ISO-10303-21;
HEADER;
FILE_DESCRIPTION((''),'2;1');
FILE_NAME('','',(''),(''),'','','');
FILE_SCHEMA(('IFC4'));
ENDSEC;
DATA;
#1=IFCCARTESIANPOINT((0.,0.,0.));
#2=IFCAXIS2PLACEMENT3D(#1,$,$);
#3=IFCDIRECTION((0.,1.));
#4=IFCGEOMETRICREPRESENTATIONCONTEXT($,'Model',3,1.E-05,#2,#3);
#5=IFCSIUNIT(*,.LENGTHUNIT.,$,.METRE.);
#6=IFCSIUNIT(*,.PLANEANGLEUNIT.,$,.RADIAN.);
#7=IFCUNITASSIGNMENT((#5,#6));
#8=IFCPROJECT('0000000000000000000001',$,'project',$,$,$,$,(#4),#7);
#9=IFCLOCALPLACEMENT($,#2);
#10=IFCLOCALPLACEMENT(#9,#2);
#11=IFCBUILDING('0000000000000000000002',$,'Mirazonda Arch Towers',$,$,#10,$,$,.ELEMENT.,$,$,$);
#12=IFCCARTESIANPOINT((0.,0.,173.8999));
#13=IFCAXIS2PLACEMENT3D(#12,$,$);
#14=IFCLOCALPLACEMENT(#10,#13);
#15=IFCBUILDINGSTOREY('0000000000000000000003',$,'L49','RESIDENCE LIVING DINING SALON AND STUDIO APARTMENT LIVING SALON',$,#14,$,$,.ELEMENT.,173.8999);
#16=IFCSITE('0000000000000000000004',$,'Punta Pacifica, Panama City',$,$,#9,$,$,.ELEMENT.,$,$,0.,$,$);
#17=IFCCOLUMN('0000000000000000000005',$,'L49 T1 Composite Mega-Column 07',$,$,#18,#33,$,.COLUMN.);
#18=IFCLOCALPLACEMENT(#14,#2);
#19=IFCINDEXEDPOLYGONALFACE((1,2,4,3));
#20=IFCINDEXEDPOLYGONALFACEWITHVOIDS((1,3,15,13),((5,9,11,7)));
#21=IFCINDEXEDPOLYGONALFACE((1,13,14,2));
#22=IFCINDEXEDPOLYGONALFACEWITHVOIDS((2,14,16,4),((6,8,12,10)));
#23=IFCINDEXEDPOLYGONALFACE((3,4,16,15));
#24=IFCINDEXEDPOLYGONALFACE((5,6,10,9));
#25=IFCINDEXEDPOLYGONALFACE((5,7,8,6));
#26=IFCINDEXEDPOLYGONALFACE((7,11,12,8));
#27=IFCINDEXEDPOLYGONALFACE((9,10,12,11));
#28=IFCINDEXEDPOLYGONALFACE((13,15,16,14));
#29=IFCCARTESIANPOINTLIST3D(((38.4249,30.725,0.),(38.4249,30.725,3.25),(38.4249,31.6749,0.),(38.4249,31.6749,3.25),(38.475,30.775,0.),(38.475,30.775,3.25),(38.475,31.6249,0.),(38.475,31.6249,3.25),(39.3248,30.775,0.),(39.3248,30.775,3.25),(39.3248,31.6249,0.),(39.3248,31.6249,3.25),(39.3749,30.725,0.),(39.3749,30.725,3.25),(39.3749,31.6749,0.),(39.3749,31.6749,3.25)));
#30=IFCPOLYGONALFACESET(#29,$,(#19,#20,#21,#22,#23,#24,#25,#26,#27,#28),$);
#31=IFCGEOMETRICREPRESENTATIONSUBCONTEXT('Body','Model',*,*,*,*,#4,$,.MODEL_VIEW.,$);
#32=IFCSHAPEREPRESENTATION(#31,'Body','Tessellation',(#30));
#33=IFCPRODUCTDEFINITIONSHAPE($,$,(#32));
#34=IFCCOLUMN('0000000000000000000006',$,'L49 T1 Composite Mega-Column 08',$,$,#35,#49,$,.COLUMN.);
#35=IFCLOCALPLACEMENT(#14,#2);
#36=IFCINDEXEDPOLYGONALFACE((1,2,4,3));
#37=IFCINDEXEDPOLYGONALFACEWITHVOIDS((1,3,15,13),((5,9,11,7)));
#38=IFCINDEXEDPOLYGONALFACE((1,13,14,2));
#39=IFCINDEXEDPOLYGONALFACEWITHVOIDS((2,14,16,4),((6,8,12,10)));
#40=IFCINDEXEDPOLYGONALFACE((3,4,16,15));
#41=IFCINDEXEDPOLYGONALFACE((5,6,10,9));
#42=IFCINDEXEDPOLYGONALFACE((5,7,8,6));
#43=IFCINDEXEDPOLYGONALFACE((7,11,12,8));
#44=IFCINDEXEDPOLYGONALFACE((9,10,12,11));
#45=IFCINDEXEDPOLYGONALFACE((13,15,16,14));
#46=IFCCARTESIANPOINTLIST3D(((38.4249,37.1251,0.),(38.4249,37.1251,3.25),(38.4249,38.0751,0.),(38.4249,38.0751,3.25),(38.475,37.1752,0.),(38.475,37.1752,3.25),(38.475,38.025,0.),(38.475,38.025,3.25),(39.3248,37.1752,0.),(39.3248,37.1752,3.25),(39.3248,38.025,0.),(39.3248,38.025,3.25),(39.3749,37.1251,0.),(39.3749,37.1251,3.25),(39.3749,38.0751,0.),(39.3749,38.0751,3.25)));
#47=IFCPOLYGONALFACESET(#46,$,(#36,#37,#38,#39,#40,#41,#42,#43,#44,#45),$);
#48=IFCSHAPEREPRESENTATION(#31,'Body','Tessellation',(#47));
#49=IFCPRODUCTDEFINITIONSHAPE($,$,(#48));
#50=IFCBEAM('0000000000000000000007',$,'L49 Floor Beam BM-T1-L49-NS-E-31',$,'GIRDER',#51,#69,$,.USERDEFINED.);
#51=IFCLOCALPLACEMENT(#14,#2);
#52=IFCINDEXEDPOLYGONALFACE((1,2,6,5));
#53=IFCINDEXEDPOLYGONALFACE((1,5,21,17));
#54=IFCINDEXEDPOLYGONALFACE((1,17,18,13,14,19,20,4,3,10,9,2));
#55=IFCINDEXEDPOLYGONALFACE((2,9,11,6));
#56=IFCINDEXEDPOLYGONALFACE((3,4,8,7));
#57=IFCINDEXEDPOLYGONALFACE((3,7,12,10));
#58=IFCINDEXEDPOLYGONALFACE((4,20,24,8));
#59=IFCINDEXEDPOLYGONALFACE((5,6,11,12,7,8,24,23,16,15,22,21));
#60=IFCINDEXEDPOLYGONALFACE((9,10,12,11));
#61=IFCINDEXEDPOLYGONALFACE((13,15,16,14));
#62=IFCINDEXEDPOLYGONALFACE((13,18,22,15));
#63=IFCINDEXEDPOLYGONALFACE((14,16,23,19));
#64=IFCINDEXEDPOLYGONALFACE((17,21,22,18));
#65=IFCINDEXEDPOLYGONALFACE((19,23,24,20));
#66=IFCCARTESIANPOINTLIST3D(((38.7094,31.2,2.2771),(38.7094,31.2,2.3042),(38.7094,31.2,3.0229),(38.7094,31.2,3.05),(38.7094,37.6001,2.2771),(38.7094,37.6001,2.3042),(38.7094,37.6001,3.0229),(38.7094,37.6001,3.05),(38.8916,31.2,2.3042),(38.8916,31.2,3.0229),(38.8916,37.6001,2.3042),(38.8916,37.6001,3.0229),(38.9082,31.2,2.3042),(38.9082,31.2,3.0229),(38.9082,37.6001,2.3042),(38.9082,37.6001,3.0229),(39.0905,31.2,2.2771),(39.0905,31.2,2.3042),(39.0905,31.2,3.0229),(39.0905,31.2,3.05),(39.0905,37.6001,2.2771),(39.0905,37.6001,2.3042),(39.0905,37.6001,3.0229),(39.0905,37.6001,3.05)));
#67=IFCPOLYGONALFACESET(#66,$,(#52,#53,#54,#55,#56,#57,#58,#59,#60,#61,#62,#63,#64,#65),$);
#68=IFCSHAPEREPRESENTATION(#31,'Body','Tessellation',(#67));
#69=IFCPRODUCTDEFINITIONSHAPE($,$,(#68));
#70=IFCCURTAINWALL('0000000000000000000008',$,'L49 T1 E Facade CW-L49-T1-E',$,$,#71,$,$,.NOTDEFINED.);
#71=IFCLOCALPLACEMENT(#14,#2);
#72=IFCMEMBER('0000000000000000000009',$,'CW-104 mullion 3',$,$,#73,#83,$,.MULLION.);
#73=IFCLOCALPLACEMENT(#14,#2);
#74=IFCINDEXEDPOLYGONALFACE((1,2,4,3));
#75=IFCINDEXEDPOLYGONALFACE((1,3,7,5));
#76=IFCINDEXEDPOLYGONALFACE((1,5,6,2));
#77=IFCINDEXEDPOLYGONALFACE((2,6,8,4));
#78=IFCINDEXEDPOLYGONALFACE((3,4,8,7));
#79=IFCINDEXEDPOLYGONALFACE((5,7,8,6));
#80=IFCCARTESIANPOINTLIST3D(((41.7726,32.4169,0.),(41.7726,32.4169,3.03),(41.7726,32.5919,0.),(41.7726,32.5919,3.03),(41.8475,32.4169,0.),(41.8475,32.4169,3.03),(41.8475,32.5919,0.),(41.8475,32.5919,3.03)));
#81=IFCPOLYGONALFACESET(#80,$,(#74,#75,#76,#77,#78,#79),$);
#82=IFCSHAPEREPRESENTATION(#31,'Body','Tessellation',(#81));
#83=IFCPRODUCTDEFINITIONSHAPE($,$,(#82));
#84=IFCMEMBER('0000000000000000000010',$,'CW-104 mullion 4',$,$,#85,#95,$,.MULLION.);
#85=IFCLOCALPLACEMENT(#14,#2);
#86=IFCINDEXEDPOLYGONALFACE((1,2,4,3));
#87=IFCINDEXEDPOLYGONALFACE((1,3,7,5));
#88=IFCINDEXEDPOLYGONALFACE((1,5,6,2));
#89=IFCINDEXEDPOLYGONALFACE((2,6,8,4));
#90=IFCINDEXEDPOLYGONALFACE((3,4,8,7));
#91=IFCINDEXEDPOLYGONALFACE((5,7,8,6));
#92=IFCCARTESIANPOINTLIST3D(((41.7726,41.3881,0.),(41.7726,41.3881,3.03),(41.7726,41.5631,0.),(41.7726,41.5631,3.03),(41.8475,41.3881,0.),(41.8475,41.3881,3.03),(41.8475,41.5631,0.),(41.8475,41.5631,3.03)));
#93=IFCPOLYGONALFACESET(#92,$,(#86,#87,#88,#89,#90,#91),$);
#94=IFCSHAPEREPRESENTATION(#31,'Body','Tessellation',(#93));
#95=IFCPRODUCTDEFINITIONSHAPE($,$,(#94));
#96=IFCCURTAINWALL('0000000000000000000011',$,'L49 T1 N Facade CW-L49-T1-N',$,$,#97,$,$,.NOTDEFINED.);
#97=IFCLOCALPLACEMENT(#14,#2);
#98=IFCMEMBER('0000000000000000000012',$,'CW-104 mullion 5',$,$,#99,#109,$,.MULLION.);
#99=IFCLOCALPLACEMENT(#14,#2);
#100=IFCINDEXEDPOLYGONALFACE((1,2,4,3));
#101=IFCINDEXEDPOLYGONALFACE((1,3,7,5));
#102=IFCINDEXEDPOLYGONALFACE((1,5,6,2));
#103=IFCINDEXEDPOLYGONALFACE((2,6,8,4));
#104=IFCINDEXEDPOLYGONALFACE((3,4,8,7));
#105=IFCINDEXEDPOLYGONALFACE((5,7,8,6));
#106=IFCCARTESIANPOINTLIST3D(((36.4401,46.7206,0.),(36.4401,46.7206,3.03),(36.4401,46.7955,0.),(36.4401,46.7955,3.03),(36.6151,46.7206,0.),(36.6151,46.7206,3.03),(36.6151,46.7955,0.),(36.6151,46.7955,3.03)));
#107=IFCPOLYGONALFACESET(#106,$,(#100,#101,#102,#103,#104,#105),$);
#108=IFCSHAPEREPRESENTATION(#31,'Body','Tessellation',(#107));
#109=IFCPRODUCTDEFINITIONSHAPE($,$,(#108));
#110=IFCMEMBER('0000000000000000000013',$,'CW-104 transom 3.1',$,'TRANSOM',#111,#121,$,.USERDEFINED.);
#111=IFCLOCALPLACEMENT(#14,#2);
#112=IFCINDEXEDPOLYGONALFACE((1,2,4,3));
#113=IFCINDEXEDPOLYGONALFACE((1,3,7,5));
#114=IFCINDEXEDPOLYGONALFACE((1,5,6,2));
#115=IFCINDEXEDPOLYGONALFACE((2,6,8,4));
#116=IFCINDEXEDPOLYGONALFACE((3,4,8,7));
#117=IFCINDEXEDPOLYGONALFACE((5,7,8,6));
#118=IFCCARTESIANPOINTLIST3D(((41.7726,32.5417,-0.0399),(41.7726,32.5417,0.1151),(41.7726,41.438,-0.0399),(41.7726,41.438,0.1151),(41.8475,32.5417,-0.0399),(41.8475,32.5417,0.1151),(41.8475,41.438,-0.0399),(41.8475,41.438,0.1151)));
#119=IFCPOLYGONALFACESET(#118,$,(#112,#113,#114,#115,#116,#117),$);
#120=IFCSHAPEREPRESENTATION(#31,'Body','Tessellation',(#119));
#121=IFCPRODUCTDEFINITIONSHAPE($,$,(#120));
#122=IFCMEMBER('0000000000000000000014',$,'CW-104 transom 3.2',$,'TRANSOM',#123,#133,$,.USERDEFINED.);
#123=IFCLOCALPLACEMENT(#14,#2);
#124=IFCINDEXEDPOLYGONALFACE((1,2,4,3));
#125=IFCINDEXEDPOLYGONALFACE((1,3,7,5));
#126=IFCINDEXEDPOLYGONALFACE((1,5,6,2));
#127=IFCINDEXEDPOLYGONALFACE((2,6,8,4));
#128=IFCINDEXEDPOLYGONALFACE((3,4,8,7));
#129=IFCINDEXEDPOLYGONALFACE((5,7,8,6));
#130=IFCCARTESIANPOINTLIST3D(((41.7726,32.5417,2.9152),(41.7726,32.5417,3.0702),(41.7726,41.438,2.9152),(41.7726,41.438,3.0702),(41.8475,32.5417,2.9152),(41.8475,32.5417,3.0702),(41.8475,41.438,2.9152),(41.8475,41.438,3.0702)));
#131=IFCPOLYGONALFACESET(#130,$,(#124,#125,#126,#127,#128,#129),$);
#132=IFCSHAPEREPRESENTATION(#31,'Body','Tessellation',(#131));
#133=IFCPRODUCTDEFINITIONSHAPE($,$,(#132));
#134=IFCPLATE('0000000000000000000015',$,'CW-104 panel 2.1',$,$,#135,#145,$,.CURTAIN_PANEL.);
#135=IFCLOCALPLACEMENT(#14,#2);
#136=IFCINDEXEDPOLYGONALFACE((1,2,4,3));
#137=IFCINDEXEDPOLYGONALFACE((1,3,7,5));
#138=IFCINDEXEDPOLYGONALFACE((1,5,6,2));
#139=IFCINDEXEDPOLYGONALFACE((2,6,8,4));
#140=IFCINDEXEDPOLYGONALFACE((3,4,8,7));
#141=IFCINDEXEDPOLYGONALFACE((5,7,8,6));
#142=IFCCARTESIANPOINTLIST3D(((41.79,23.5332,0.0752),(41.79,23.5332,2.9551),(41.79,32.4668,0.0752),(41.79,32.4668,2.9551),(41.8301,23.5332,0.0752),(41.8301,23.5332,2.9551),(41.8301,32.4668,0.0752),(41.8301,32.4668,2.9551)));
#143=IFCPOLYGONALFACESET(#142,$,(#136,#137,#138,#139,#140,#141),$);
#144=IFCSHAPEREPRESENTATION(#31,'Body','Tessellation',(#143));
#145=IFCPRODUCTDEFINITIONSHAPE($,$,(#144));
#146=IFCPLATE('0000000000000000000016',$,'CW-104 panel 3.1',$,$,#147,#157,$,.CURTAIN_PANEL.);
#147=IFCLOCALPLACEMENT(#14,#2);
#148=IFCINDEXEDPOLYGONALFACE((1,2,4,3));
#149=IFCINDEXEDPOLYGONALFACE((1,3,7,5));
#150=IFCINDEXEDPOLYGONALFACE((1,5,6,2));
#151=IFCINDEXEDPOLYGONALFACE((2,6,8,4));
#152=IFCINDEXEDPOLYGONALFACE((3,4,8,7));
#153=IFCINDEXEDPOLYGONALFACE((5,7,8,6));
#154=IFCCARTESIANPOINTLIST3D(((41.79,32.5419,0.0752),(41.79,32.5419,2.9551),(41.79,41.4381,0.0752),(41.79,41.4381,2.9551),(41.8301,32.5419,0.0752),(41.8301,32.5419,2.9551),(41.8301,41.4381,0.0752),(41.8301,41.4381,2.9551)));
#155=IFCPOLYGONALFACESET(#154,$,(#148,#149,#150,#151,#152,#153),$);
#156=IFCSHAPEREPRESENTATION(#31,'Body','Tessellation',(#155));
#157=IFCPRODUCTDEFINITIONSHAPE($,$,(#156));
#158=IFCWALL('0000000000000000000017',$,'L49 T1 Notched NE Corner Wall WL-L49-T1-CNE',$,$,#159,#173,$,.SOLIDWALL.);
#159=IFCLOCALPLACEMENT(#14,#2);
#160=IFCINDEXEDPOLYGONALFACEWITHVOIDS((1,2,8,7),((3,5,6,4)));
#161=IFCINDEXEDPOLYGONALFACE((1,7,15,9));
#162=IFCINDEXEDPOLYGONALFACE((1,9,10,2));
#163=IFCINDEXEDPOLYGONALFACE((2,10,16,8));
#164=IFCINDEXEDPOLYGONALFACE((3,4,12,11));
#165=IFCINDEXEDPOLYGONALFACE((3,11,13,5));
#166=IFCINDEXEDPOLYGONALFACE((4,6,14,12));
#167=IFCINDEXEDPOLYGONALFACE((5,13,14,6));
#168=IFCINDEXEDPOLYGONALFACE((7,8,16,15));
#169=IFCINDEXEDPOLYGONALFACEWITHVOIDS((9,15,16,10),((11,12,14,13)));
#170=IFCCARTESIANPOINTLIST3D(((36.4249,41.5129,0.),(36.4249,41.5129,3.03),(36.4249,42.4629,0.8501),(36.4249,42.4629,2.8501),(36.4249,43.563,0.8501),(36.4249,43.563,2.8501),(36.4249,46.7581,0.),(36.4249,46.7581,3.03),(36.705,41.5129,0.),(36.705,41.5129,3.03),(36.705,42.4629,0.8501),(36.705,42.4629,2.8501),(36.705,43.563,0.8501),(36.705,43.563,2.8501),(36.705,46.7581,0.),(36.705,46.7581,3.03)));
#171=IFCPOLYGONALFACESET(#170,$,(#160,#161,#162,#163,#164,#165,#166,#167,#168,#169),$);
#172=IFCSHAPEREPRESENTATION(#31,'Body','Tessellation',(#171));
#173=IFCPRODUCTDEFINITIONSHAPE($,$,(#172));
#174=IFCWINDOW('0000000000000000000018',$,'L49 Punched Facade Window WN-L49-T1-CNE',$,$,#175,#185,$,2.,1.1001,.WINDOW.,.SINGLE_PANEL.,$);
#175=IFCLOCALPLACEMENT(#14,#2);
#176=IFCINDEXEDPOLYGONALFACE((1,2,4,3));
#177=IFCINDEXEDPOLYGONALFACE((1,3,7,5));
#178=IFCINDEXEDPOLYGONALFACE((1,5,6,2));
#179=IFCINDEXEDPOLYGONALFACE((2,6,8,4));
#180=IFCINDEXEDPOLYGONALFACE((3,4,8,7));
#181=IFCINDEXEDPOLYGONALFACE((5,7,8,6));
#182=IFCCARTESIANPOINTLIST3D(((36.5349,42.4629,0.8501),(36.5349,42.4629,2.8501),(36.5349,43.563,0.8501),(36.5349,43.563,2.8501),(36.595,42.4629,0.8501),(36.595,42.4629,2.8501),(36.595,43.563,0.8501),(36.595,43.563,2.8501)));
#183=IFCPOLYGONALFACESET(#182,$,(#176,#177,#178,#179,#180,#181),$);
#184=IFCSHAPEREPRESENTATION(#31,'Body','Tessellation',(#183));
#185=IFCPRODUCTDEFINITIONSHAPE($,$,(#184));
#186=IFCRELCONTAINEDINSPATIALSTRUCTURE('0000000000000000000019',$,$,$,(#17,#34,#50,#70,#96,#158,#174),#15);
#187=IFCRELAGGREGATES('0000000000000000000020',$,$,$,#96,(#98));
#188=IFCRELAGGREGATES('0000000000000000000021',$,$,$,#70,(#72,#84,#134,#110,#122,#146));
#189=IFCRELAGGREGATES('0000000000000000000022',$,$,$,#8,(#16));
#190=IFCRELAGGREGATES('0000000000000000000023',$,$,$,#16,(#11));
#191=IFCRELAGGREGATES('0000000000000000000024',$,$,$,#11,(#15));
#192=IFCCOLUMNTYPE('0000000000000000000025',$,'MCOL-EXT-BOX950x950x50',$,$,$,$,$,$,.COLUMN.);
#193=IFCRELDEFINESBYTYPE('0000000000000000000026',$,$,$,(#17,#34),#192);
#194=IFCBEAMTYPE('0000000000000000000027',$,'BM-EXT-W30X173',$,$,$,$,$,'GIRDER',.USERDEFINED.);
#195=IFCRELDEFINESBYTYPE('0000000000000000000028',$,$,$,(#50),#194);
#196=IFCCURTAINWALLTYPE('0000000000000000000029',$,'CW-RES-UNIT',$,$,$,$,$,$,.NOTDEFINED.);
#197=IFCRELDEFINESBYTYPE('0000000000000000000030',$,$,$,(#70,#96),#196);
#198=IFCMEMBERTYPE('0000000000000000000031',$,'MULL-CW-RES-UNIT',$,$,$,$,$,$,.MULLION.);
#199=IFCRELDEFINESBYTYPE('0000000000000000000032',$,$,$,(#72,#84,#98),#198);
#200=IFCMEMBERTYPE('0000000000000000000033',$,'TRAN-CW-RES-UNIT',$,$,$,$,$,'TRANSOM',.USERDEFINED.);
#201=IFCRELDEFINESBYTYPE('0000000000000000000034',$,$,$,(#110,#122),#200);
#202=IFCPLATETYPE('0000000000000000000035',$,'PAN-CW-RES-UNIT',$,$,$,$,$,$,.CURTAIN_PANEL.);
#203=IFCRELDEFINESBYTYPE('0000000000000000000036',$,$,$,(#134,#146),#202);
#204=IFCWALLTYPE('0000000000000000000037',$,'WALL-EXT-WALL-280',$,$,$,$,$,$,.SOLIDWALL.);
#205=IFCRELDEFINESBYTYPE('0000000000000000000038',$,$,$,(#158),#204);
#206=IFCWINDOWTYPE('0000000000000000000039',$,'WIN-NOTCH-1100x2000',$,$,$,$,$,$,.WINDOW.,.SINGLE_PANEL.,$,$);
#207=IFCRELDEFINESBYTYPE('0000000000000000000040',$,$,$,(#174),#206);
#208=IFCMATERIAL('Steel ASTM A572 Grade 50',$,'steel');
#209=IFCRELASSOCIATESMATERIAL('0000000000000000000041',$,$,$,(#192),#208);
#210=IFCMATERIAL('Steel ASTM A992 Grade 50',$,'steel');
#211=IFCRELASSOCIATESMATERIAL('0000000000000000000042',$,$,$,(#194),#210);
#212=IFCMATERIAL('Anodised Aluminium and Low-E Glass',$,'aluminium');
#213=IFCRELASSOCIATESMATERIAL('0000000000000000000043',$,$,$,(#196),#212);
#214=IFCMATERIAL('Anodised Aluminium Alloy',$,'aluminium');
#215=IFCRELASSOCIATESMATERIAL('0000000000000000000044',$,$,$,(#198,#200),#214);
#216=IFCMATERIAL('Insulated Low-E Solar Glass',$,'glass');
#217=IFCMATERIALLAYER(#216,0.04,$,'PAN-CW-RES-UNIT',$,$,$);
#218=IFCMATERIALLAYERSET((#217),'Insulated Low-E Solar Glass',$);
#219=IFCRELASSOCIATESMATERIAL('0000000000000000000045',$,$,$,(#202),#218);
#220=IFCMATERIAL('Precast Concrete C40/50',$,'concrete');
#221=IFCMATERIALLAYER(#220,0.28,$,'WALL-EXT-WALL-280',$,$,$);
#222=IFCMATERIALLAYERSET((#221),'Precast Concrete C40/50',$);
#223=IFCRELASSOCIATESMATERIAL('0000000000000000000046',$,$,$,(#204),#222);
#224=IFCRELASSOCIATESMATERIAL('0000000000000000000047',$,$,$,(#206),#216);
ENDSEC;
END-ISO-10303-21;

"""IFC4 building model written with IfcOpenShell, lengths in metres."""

from ifc_helpers import new_model, si_unit, direction, frame, frame_2d, origin, origin_2d, place, context, subcontext, project, spatial, rectangle, hollow_rectangle, i_section, extrude, material, layer, layer_set, material_profile, profile_set, type_object, element, fill, aggregate, save


model = new_model("IFC4")

# Units and contexts
model_context = context("Model", 3, precision=1e-05, world=origin(), true_north=direction((0.0, 1.0)))
body_context = subcontext(model_context, "Body", "Model", "MODEL_VIEW")
ifc_project = project(units=[si_unit("LENGTHUNIT", "METRE"), si_unit("PLANEANGLEUNIT", "RADIAN")], contexts=[model_context])

# Site, building, storey
site_placement = place(None, origin())
site = spatial("IfcSite", under=ifc_project, at=site_placement, Name="Punta Pacifica, Panama City", CompositionType="ELEMENT", RefElevation=0.0)
building_placement = place(site_placement, origin())
building = spatial("IfcBuilding", under=site, at=building_placement, Name="Mirazonda Arch Towers", CompositionType="ELEMENT")
storey_placement = place(building_placement, frame((0.0, 0.0, 173.8999)))
storey = spatial("IfcBuildingStorey", under=building, at=storey_placement, Name="L49", Description="RESIDENCE LIVING DINING SALON AND STUDIO APARTMENT LIVING SALON", CompositionType="ELEMENT", Elevation=173.8999)

# Columns
ifc_material_1 = material(Name="Steel ASTM A572 Grade 50", Category="steel")
ifc_material_profile_1 = material_profile(ifc_material_1, hollow_rectangle(XDim=0.95, YDim=0.95, WallThickness=0.05, at=origin_2d()), Name="BOX950x950x50")
ifc_profile_set_1 = profile_set([ifc_material_profile_1], Name="Steel ASTM A572 Grade 50")
column_type = type_object("IfcColumnType", Name="MCOL-EXT-BOX950x950x50", PredefinedType="COLUMN", material=ifc_profile_set_1)
for number, where, z_axis, x_axis, name in (
    (1, (38.8999, 31.2, 0.0), (0.0, 0.0, 1.0), (1.0, 0.0, 0.0), "L49 T1 Composite Mega-Column 07"),
    (2, (38.8999, 37.6001, 0.0), (0.0, 0.0, 1.0), (1.0, 0.0, 0.0), "L49 T1 Composite Mega-Column 08"),
):
    element("IfcColumn", number, at=place(storey_placement, frame(where, z_axis=z_axis, x_axis=x_axis)), inside=storey, type_object=column_type, Name=name, PredefinedType="COLUMN", context=body_context, shape_type="SweptSolid", body=[
        extrude(hollow_rectangle(XDim=0.95, YDim=0.95, WallThickness=0.05, at=origin_2d()), origin(), (0.0, 0.0, 1.0), 3.25),
    ])

# Beam
ifc_material_2 = material(Name="Steel ASTM A992 Grade 50", Category="steel")
ifc_material_profile_2 = material_profile(ifc_material_2, i_section(OverallWidth=0.3811, OverallDepth=0.7729, WebThickness=0.0166, FlangeThickness=0.0271, at=origin_2d()), Name="W30X173")
ifc_profile_set_2 = profile_set([ifc_material_profile_2], Name="Steel ASTM A992 Grade 50")
beam_type = type_object("IfcBeamType", Name="BM-EXT-W30X173", ElementType="GIRDER", PredefinedType="USERDEFINED", material=ifc_profile_set_2)
beam_placement = place(storey_placement, frame((38.8999, 31.2, 2.6636), z_axis=(0.0, 1.0, 0.0), x_axis=(-1.0, 0.0, 0.0)))
element("IfcBeam", 3, at=beam_placement, inside=storey, type_object=beam_type, Name="L49 Floor Beam BM-T1-L49-NS-E-31", ObjectType="GIRDER", PredefinedType="USERDEFINED", context=body_context, shape_type="SweptSolid", body=[
    extrude(i_section(OverallWidth=0.3811, OverallDepth=0.7729, WebThickness=0.0166, FlangeThickness=0.0271, at=origin_2d()), origin(), (0.0, 0.0, 1.0), 6.4001),
])

# Curtain wall, members
ifc_material_3 = material(Name="Anodised Aluminium and Low-E Glass", Category="aluminium")
curtain_wall_type = type_object("IfcCurtainWallType", Name="CW-RES-UNIT", PredefinedType="NOTDEFINED", material=ifc_material_3)
curtain_wall_1_placement = place(storey_placement, origin())
curtain_wall_1 = element("IfcCurtainWall", 4, at=curtain_wall_1_placement, inside=storey, type_object=curtain_wall_type, Name="L49 T1 E Facade CW-L49-T1-E", PredefinedType="NOTDEFINED")
ifc_material_4 = material(Name="Anodised Aluminium Alloy", Category="aluminium")
ifc_material_profile_3 = material_profile(ifc_material_4, rectangle(XDim=0.075, YDim=0.175, at=origin_2d()), Name="ALU-MULL-75x175")
ifc_profile_set_3 = profile_set([ifc_material_profile_3], Name="Anodised Aluminium Alloy")
member_type_1 = type_object("IfcMemberType", Name="MULL-CW-RES-UNIT", PredefinedType="MULLION", material=ifc_profile_set_3)
member_1_placement = place(storey_placement, frame((41.8101, 32.5044, 0.0), z_axis=(0.0, 0.0, 1.0), x_axis=(-1.0, 0.0, 0.0)))
member_1 = element("IfcMember", 5, at=member_1_placement, type_object=member_type_1, Name="CW-104 mullion 3", PredefinedType="MULLION", context=body_context, shape_type="SweptSolid", body=[
    extrude(rectangle(XDim=0.075, YDim=0.175, at=origin_2d()), origin(), (0.0, 0.0, 1.0), 3.03),
])
member_2_placement = place(storey_placement, frame((41.8101, 41.4756, 0.0), z_axis=(0.0, 0.0, 1.0), x_axis=(-1.0, 0.0, 0.0)))
member_2 = element("IfcMember", 6, at=member_2_placement, type_object=member_type_1, Name="CW-104 mullion 4", PredefinedType="MULLION", context=body_context, shape_type="SweptSolid", body=[
    extrude(rectangle(XDim=0.075, YDim=0.175, at=origin_2d()), origin(), (0.0, 0.0, 1.0), 3.03),
])

# Curtain wall, member
curtain_wall_2_placement = place(storey_placement, origin())
curtain_wall_2 = element("IfcCurtainWall", 7, at=curtain_wall_2_placement, inside=storey, type_object=curtain_wall_type, Name="L49 T1 N Facade CW-L49-T1-N", PredefinedType="NOTDEFINED")
member_3_placement = place(storey_placement, frame((36.5276, 46.7581, 0.0), z_axis=(0.0, 0.0, 1.0), x_axis=(0.0, 1.0, 0.0)))
member_3 = element("IfcMember", 8, at=member_3_placement, type_object=member_type_1, Name="CW-104 mullion 5", PredefinedType="MULLION", context=body_context, shape_type="SweptSolid", body=[
    extrude(rectangle(XDim=0.075, YDim=0.175, at=origin_2d()), origin(), (0.0, 0.0, 1.0), 3.03),
])
aggregate(curtain_wall_2, [member_3])

# Members
ifc_material_profile_4 = material_profile(ifc_material_4, rectangle(XDim=0.075, YDim=0.155, at=origin_2d()), Name="ALU-TRAN-75x155")
ifc_profile_set_4 = profile_set([ifc_material_profile_4], Name="Anodised Aluminium Alloy")
member_type_2 = type_object("IfcMemberType", Name="TRAN-CW-RES-UNIT", ElementType="TRANSOM", PredefinedType="USERDEFINED", material=ifc_profile_set_4)
member_4_placement = place(storey_placement, frame((41.8101, 32.5417, 0.0376), z_axis=(0.0, 1.0, 0.0), x_axis=(-1.0, 0.0, 0.0)))
member_4 = element("IfcMember", 9, at=member_4_placement, type_object=member_type_2, Name="CW-104 transom 3.1", ObjectType="TRANSOM", PredefinedType="USERDEFINED", context=body_context, shape_type="SweptSolid", body=[
    extrude(rectangle(XDim=0.075, YDim=0.155, at=origin_2d()), origin(), (0.0, 0.0, 1.0), 8.8962),
])
member_5_placement = place(storey_placement, frame((41.8101, 32.5417, 2.9927), z_axis=(0.0, 1.0, 0.0), x_axis=(-1.0, 0.0, 0.0)))
member_5 = element("IfcMember", 10, at=member_5_placement, type_object=member_type_2, Name="CW-104 transom 3.2", ObjectType="TRANSOM", PredefinedType="USERDEFINED", context=body_context, shape_type="SweptSolid", body=[
    extrude(rectangle(XDim=0.075, YDim=0.155, at=origin_2d()), origin(), (0.0, 0.0, 1.0), 8.8962),
])

# Plates
ifc_material_5 = material(Name="Insulated Low-E Solar Glass", Category="glass")
ifc_layer_1 = layer(ifc_material_5, 0.04, Name="PAN-CW-RES-UNIT")
ifc_layer_set_1 = layer_set([ifc_layer_1], Name="Insulated Low-E Solar Glass")
plate_type = type_object("IfcPlateType", Name="PAN-CW-RES-UNIT", PredefinedType="CURTAIN_PANEL", material=ifc_layer_set_1)
plate_1_placement = place(storey_placement, frame((41.8101, 28.0, 0.0752), z_axis=(0.0, 0.0, 1.0), x_axis=(0.0, 1.0, 0.0)))
plate_1 = element("IfcPlate", 11, at=plate_1_placement, type_object=plate_type, Name="CW-104 panel 2.1", PredefinedType="CURTAIN_PANEL", context=body_context, shape_type="SweptSolid", body=[
    extrude(rectangle(XDim=8.9336, YDim=0.04, at=origin_2d()), origin(), (0.0, 0.0, 1.0), 2.8799),
])
plate_2_placement = place(storey_placement, frame((41.8101, 36.99, 0.0752), z_axis=(0.0, 0.0, 1.0), x_axis=(0.0, 1.0, 0.0)))
plate_2 = element("IfcPlate", 12, at=plate_2_placement, type_object=plate_type, Name="CW-104 panel 3.1", PredefinedType="CURTAIN_PANEL", context=body_context, shape_type="SweptSolid", body=[
    extrude(rectangle(XDim=8.8962, YDim=0.04, at=origin_2d()), origin(), (0.0, 0.0, 1.0), 2.8799),
])
aggregate(curtain_wall_1, [member_1, member_2, plate_1, member_4, member_5, plate_2])

# Wall, opening, window
ifc_material_6 = material(Name="Precast Concrete C40/50", Category="concrete")
ifc_layer_2 = layer(ifc_material_6, 0.28, Name="WALL-EXT-WALL-280")
ifc_layer_set_2 = layer_set([ifc_layer_2], Name="Precast Concrete C40/50")
wall_type_1 = type_object("IfcWallType", Name="WALL-EXT-WALL-280", PredefinedType="SOLIDWALL", material=ifc_layer_set_2)
wall_1_placement = place(storey_placement, frame((36.5649, 41.5129, 0.0), z_axis=(0.0, 0.0, 1.0), x_axis=(0.0, 1.0, 0.0)))
wall_1 = element("IfcWall", 13, at=wall_1_placement, inside=storey, type_object=wall_type_1, Name="L49 T1 Notched NE Corner Wall WL-L49-T1-CNE", PredefinedType="SOLIDWALL", context=body_context, shape_type="SweptSolid", body=[
    extrude(rectangle(XDim=5.2451, YDim=0.28, at=frame_2d((2.6226, 0.0))), origin(), (0.0, 0.0, 1.0), 3.03),
])
opening_1_placement = place(wall_1_placement, frame((0.95, 0.0, 0.8501)))
opening_1 = element("IfcOpeningElement", 14, at=opening_1_placement, cuts=wall_1, PredefinedType="OPENING", context=body_context, shape_type="SweptSolid", body=[
    extrude(rectangle(XDim=1.1001, YDim=2.0, at=frame_2d((0.55, 1.0))), frame((0.0, 0.1499, 0.0), z_axis=(0.0, -1.0, 0.0), x_axis=(1.0, 0.0, 0.0)), (0.0, 0.0, 1.0), 0.3),
])
window_type = type_object("IfcWindowType", Name="WIN-NOTCH-1100x2000", PartitioningType="SINGLE_PANEL", PredefinedType="WINDOW", material=ifc_material_5)
window_1_placement = place(opening_1_placement, origin())
window_1 = element("IfcWindow", 15, at=window_1_placement, inside=storey, type_object=window_type, Name="L49 Punched Facade Window WN-L49-T1-CNE", OverallHeight=2.0, OverallWidth=1.1001, PartitioningType="SINGLE_PANEL", PredefinedType="WINDOW", context=body_context, shape_type="SweptSolid", body=[
    extrude(rectangle(XDim=1.1001, YDim=2.0, at=frame_2d((0.55, 1.0))), frame((0.0, 0.03, 0.0), z_axis=(0.0, -1.0, 0.0), x_axis=(1.0, 0.0, 0.0)), (0.0, 0.0, 1.0), 0.0601),
])
fill(opening_1, window_1)

save(model, "model.ifc")
